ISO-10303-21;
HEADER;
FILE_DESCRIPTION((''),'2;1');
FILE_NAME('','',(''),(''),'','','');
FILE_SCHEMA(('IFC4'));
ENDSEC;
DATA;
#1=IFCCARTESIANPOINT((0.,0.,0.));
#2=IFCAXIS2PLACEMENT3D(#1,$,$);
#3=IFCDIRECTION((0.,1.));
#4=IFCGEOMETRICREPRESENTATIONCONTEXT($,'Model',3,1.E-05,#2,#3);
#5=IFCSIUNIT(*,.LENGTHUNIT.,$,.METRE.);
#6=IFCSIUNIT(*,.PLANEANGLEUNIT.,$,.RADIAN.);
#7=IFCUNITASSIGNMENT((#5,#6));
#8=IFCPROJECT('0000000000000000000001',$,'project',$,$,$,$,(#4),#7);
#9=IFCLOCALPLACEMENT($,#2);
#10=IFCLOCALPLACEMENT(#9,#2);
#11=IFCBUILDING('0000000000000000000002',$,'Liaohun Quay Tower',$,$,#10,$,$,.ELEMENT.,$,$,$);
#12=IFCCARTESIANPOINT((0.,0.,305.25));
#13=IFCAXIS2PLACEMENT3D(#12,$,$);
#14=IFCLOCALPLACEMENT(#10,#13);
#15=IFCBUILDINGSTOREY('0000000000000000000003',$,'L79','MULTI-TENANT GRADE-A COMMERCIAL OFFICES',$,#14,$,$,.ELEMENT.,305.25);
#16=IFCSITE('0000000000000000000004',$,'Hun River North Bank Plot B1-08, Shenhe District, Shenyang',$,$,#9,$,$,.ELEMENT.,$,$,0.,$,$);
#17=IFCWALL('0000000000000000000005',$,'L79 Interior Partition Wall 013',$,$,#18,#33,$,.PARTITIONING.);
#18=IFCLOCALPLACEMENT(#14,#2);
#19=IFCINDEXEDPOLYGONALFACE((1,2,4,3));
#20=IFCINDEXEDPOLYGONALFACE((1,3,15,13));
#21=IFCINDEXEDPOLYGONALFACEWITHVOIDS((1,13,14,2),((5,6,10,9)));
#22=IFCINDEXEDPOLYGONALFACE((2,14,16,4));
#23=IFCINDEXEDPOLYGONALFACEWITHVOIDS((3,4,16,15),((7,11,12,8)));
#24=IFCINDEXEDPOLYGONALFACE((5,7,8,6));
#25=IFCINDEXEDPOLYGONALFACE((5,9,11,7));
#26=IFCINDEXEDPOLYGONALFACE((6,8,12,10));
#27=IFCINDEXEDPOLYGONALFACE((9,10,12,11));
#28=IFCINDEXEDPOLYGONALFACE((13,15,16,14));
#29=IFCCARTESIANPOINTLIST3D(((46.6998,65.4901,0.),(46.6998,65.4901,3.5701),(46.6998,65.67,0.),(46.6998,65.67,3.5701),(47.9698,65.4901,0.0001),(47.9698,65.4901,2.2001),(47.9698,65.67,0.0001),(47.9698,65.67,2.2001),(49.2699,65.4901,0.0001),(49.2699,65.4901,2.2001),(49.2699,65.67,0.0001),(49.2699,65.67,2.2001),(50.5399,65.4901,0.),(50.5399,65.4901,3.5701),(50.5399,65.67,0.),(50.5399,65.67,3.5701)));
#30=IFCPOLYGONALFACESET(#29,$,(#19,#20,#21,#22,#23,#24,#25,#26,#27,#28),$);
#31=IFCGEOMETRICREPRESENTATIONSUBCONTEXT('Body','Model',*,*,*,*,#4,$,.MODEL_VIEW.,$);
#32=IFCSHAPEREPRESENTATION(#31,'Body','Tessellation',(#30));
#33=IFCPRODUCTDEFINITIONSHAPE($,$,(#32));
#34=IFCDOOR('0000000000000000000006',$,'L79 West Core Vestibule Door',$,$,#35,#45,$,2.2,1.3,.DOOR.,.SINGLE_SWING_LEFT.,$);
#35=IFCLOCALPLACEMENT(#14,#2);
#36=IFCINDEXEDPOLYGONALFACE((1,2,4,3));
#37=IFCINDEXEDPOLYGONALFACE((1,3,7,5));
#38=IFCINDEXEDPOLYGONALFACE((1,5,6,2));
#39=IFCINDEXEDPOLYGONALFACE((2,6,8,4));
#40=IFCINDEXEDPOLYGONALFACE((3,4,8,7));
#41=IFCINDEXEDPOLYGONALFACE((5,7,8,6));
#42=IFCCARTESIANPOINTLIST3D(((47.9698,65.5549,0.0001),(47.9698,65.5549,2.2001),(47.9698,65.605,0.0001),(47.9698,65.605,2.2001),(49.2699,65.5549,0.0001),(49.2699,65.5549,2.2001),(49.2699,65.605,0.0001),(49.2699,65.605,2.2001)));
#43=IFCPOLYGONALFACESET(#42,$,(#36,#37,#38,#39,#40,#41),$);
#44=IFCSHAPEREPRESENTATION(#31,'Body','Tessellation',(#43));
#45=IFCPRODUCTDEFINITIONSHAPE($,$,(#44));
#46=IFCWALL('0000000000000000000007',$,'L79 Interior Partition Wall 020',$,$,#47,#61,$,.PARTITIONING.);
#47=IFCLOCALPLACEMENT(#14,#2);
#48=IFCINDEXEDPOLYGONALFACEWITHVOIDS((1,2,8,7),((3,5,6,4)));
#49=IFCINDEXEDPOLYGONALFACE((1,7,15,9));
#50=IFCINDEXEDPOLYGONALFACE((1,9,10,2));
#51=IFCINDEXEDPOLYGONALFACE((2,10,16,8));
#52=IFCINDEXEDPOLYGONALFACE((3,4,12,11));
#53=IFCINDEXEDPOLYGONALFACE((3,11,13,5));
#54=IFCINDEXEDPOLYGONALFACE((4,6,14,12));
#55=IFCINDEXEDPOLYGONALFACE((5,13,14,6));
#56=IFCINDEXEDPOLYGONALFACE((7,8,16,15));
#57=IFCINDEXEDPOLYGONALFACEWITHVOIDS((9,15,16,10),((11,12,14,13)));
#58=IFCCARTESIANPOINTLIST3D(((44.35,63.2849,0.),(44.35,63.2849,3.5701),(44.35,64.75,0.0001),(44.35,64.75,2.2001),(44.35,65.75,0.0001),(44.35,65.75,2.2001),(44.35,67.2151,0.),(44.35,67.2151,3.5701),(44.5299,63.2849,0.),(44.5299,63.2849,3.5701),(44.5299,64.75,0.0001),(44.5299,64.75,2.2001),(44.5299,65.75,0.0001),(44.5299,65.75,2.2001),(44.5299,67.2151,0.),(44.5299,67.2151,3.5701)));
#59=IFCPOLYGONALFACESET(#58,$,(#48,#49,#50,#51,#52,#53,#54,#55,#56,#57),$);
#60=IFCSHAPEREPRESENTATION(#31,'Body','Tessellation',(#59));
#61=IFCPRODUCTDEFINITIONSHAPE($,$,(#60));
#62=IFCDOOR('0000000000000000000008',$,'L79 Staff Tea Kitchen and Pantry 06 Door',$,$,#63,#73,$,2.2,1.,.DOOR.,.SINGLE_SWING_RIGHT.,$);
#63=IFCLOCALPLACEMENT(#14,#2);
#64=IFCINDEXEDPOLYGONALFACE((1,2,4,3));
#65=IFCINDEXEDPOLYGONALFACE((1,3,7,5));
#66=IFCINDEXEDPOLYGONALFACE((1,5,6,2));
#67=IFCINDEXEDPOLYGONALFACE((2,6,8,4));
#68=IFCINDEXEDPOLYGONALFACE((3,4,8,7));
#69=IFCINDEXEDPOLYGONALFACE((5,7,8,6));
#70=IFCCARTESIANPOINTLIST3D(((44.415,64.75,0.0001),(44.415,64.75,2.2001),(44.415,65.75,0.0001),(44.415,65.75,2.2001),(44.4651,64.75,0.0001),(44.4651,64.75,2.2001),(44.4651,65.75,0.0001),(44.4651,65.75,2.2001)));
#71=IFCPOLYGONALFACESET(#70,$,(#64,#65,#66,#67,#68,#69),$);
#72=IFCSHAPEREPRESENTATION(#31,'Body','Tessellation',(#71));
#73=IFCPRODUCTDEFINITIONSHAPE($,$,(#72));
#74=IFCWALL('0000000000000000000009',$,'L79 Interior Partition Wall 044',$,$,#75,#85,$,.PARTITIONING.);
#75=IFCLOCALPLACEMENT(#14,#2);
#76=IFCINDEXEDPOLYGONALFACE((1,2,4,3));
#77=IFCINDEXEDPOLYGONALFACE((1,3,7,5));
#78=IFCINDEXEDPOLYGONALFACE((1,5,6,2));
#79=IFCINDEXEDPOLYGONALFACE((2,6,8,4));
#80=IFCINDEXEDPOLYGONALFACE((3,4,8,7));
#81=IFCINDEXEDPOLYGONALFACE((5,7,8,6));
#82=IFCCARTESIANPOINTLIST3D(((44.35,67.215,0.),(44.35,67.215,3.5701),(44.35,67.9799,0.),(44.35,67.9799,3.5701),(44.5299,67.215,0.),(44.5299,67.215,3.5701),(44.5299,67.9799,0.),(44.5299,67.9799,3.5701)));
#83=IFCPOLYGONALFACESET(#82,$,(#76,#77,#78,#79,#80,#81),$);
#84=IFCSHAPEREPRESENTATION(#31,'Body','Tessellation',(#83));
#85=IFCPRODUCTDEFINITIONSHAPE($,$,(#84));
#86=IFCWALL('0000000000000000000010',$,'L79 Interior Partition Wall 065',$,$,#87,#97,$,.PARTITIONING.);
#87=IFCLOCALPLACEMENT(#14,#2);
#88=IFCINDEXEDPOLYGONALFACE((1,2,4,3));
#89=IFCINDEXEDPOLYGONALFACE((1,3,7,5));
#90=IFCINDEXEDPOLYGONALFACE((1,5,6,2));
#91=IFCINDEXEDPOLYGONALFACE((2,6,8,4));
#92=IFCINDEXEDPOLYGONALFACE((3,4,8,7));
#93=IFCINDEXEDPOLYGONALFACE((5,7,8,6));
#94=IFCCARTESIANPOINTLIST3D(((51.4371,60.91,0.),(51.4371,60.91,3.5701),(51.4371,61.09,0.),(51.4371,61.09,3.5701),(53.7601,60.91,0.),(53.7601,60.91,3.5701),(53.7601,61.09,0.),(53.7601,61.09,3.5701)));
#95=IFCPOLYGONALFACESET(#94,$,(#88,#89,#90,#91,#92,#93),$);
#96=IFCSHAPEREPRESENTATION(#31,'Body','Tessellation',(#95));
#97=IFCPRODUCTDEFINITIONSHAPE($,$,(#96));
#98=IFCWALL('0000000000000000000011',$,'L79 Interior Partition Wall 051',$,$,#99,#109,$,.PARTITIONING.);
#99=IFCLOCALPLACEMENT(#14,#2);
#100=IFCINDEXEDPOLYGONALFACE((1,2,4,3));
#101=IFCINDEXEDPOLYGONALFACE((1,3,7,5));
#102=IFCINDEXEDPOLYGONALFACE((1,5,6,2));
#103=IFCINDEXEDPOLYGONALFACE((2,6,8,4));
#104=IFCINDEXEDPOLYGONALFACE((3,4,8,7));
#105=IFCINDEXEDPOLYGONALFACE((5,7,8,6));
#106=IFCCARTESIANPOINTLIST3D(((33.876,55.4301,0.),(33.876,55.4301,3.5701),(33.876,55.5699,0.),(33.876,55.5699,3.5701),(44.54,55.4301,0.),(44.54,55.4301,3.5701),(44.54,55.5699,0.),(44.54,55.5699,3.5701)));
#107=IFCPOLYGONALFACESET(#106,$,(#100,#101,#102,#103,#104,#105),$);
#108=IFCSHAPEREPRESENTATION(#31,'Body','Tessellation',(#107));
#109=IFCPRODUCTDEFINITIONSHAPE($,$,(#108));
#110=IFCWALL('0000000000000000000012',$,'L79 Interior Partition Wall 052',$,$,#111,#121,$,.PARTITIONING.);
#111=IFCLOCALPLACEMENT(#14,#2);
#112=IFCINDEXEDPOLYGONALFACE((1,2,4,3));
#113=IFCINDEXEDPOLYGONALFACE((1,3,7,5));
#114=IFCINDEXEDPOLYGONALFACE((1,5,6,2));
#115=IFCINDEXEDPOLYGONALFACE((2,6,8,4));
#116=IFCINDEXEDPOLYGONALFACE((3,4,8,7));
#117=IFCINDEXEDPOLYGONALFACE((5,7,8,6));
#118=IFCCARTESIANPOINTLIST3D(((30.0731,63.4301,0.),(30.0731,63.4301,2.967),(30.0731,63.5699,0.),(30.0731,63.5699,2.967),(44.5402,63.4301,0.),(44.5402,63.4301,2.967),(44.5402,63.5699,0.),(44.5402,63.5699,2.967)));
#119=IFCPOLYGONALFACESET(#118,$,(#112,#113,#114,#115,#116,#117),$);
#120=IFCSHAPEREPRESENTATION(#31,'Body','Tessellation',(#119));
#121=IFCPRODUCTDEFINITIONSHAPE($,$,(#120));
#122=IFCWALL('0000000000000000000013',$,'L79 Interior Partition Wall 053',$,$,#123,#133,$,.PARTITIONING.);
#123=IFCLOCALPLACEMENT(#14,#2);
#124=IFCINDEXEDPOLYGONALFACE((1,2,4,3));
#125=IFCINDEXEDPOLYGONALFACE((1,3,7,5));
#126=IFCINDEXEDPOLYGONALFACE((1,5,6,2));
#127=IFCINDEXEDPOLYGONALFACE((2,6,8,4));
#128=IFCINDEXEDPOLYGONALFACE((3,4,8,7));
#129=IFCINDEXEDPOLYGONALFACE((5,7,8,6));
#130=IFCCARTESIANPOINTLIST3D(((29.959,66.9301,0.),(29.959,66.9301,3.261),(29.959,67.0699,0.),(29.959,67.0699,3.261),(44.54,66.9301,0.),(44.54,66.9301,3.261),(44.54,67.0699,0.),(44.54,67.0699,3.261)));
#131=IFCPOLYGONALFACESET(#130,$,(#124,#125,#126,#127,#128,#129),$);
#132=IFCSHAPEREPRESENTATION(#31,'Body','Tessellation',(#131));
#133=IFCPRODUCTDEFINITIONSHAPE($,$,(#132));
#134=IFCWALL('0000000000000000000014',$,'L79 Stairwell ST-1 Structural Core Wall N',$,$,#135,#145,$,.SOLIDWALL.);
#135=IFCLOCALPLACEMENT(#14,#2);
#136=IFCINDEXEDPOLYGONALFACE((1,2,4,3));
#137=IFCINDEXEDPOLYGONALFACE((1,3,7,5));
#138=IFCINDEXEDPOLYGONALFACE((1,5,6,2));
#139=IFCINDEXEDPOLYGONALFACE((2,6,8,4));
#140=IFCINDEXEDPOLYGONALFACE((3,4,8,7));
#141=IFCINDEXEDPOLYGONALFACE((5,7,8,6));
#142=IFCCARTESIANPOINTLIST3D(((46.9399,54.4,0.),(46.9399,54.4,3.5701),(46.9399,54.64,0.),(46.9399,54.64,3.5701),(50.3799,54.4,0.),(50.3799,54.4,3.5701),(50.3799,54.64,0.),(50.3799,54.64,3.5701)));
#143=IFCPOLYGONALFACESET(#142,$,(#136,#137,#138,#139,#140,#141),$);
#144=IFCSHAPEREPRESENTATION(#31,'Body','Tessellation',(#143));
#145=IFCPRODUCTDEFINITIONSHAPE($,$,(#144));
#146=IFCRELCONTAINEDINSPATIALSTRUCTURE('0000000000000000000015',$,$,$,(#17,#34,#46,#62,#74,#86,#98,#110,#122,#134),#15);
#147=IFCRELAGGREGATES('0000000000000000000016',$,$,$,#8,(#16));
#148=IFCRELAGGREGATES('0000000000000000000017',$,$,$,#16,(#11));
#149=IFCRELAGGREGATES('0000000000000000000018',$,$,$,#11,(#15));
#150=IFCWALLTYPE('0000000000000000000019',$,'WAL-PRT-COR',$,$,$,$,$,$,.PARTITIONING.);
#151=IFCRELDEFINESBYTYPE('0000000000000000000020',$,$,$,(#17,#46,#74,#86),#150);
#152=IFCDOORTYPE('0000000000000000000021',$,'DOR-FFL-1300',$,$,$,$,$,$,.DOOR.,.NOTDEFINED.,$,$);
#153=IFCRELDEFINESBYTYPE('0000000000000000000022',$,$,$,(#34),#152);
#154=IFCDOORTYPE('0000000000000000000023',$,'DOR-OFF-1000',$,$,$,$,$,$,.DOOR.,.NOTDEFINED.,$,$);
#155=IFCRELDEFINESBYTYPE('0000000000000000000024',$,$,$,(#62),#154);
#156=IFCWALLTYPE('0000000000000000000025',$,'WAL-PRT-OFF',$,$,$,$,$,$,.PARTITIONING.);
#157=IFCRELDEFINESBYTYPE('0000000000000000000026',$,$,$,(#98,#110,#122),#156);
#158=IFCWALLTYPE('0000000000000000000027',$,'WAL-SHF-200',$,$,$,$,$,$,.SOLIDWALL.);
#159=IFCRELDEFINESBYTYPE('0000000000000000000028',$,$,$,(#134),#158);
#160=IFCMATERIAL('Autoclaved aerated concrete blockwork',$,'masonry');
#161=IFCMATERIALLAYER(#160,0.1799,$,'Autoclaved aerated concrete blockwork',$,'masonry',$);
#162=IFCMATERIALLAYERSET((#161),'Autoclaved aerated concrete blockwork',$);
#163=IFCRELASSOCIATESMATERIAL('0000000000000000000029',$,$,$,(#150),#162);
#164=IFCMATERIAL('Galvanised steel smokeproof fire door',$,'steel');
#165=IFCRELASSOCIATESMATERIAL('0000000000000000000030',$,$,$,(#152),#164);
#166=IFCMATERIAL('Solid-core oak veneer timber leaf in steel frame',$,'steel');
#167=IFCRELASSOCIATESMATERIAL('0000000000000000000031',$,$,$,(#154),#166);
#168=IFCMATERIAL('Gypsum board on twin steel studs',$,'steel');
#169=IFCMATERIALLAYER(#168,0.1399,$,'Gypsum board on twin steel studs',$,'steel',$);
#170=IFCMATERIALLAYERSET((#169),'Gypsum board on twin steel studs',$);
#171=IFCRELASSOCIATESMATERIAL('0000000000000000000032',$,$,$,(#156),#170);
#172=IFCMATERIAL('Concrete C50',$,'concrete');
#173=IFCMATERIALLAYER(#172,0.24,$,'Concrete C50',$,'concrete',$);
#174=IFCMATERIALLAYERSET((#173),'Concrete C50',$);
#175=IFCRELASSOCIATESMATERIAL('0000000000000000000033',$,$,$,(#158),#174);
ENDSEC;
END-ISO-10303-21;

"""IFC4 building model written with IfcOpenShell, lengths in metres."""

from ifc_helpers import new_model, si_unit, direction, frame, frame_2d, origin, place, context, subcontext, project, spatial, rectangle, extrude, source, transform, mapped, material, layer, layer_set, type_object, element, fill, save


model = new_model("IFC4")

# Units and contexts
model_context = context("Model", 3, precision=1e-05, world=origin(), true_north=direction((0.0, 1.0)))
body_context = subcontext(model_context, "Body", "Model", "MODEL_VIEW")
ifc_project = project(units=[si_unit("LENGTHUNIT", "METRE"), si_unit("PLANEANGLEUNIT", "RADIAN")], contexts=[model_context])

# Site, building, storey
site_placement = place(None, origin())
site = spatial("IfcSite", under=ifc_project, at=site_placement, Name="Hun River North Bank Plot B1-08, Shenhe District, Shenyang", CompositionType="ELEMENT", RefElevation=0.0)
building_placement = place(site_placement, origin())
building = spatial("IfcBuilding", under=site, at=building_placement, Name="Liaohun Quay Tower", CompositionType="ELEMENT")
storey_placement = place(building_placement, frame((0.0, 0.0, 305.25)))
storey = spatial("IfcBuildingStorey", under=building, at=storey_placement, Name="L79", Description="MULTI-TENANT GRADE-A COMMERCIAL OFFICES", CompositionType="ELEMENT", Elevation=305.25)

# Shared definitions
ifc_material_1 = material(Name="Concrete C50", Category="concrete")

# Walls, openings, doors
ifc_material_2 = material(Name="Autoclaved aerated concrete blockwork", Category="masonry")
ifc_layer_1 = layer(ifc_material_2, 0.1799, Name="Autoclaved aerated concrete blockwork", Category="masonry")
ifc_layer_set_1 = layer_set([ifc_layer_1], Name="Autoclaved aerated concrete blockwork")
wall_type_1 = type_object("IfcWallType", Name="WAL-PRT-COR", PredefinedType="PARTITIONING", material=ifc_layer_set_1)
wall_1_placement = place(storey_placement, frame((46.7, 65.5801, 0.0), z_axis=(0.0, 0.0, 1.0), x_axis=(1.0, 0.0, 0.0)))
wall_1 = element("IfcWall", 1, at=wall_1_placement, inside=storey, type_object=wall_type_1, Name="L79 Interior Partition Wall 013", PredefinedType="PARTITIONING", context=body_context, shape_type="SweptSolid", body=[
    extrude(rectangle(XDim=3.8401, YDim=0.1799, at=frame_2d((1.9199, 0.0))), origin(), (0.0, 0.0, 1.0), 3.5701),
])
shared_shape_1 = source(origin(), body_context, "Body", "SweptSolid", [
    extrude(rectangle(XDim=1.3, YDim=2.2, at=frame_2d((0.6499, 1.1001))), frame((0.0, 0.0999, 0.0), z_axis=(0.0, -1.0, 0.0), x_axis=(1.0, 0.0, 0.0)), (0.0, 0.0, 1.0), 0.2),
])
opening_1_placement = place(wall_1_placement, frame((1.27, 0.0, 0.0)))
opening_1 = element("IfcOpeningElement", 2, at=opening_1_placement, cuts=wall_1, PredefinedType="OPENING", context=body_context, shape_type="MappedRepresentation", body=[
    mapped(shared_shape_1, transform((0.0, 0.0, 0.0), x_axis=(1.0, 0.0, 0.0), y_axis=(0.0, 1.0, 0.0), z_axis=(0.0, 0.0, 1.0), scale=1.0)),
])
ifc_material_3 = material(Name="Galvanised steel smokeproof fire door", Category="steel")
door_type_1 = type_object("IfcDoorType", Name="DOR-FFL-1300", OperationType="NOTDEFINED", PredefinedType="DOOR", material=ifc_material_3)
shared_shape_2 = source(origin(), body_context, "Body", "SweptSolid", [
    extrude(rectangle(XDim=1.3, YDim=2.2, at=frame_2d((0.6499, 1.1001))), frame((0.0, 0.0249, 0.0), z_axis=(0.0, -1.0, 0.0), x_axis=(1.0, 0.0, 0.0)), (0.0, 0.0, 1.0), 0.05),
])
door_1_placement = place(opening_1_placement, origin())
door_1 = element("IfcDoor", 3, at=door_1_placement, inside=storey, type_object=door_type_1, Name="L79 West Core Vestibule Door", OperationType="SINGLE_SWING_LEFT", OverallHeight=2.2, OverallWidth=1.3, PredefinedType="DOOR", context=body_context, shape_type="MappedRepresentation", body=[
    mapped(shared_shape_2, transform((0.0, 0.0, 0.0), x_axis=(1.0, 0.0, 0.0), y_axis=(0.0, 1.0, 0.0), z_axis=(0.0, 0.0, 1.0), scale=1.0)),
])
fill(opening_1, door_1)
wall_2_placement = place(storey_placement, frame((44.4399, 63.2849, 0.0), z_axis=(0.0, 0.0, 1.0), x_axis=(0.0, 1.0, 0.0)))
wall_2 = element("IfcWall", 4, at=wall_2_placement, inside=storey, type_object=wall_type_1, Name="L79 Interior Partition Wall 020", PredefinedType="PARTITIONING", context=body_context, shape_type="SweptSolid", body=[
    extrude(rectangle(XDim=3.9302, YDim=0.1799, at=frame_2d((1.9651, 0.0))), origin(), (0.0, 0.0, 1.0), 3.5701),
])
shared_shape_3 = source(origin(), body_context, "Body", "SweptSolid", [
    extrude(rectangle(XDim=1.0, YDim=2.2, at=frame_2d((0.5, 1.1001))), frame((0.0, 0.0999, 0.0), z_axis=(0.0, -1.0, 0.0), x_axis=(1.0, 0.0, 0.0)), (0.0, 0.0, 1.0), 0.2),
])
opening_2_placement = place(wall_2_placement, frame((1.4651, 0.0, 0.0)))
opening_2 = element("IfcOpeningElement", 5, at=opening_2_placement, cuts=wall_2, PredefinedType="OPENING", context=body_context, shape_type="MappedRepresentation", body=[
    mapped(shared_shape_3, transform((0.0, 0.0, 0.0), x_axis=(1.0, 0.0, 0.0), y_axis=(0.0, 1.0, 0.0), z_axis=(0.0, 0.0, 1.0), scale=1.0)),
])
ifc_material_4 = material(Name="Solid-core oak veneer timber leaf in steel frame", Category="steel")
door_type_2 = type_object("IfcDoorType", Name="DOR-OFF-1000", OperationType="NOTDEFINED", PredefinedType="DOOR", material=ifc_material_4)
shared_shape_4 = source(origin(), body_context, "Body", "SweptSolid", [
    extrude(rectangle(XDim=1.0, YDim=2.2, at=frame_2d((0.5, 1.1001))), frame((0.0, 0.0249, 0.0), z_axis=(0.0, -1.0, 0.0), x_axis=(1.0, 0.0, 0.0)), (0.0, 0.0, 1.0), 0.05),
])
door_2_placement = place(opening_2_placement, origin())
door_2 = element("IfcDoor", 6, at=door_2_placement, inside=storey, type_object=door_type_2, Name="L79 Staff Tea Kitchen and Pantry 06 Door", OperationType="SINGLE_SWING_RIGHT", OverallHeight=2.2, OverallWidth=1.0, PredefinedType="DOOR", context=body_context, shape_type="MappedRepresentation", body=[
    mapped(shared_shape_4, transform((0.0, 0.0, 0.0), x_axis=(1.0, 0.0, 0.0), y_axis=(0.0, 1.0, 0.0), z_axis=(0.0, 0.0, 1.0), scale=1.0)),
])
fill(opening_2, door_2)

# Walls
wall_3_placement = place(storey_placement, frame((44.4399, 67.2151, 0.0), z_axis=(0.0, 0.0, 1.0), x_axis=(0.0, 1.0, 0.0)))
element("IfcWall", 7, at=wall_3_placement, inside=storey, type_object=wall_type_1, Name="L79 Interior Partition Wall 044", PredefinedType="PARTITIONING", context=body_context, shape_type="SweptSolid", body=[
    extrude(rectangle(XDim=0.7649, YDim=0.1799, at=frame_2d((0.3823, 0.0))), origin(), (0.0, 0.0, 1.0), 3.5701),
])
wall_4_placement = place(storey_placement, frame((51.437, 61.0, 0.0), z_axis=(0.0, 0.0, 1.0), x_axis=(1.0, 0.0, 0.0)))
element("IfcWall", 8, at=wall_4_placement, inside=storey, type_object=wall_type_1, Name="L79 Interior Partition Wall 065", PredefinedType="PARTITIONING", context=body_context, shape_type="SweptSolid", body=[
    extrude(rectangle(XDim=2.323, YDim=0.1799, at=frame_2d((1.1616, 0.0))), origin(), (0.0, 0.0, 1.0), 3.5701),
])
ifc_material_5 = material(Name="Gypsum board on twin steel studs", Category="steel")
ifc_layer_2 = layer(ifc_material_5, 0.1399, Name="Gypsum board on twin steel studs", Category="steel")
ifc_layer_set_2 = layer_set([ifc_layer_2], Name="Gypsum board on twin steel studs")
wall_type_2 = type_object("IfcWallType", Name="WAL-PRT-OFF", PredefinedType="PARTITIONING", material=ifc_layer_set_2)
wall_5_placement = place(storey_placement, frame((44.54, 55.5, 0.0), z_axis=(0.0, 0.0, 1.0), x_axis=(-1.0, 0.0, 0.0)))
element("IfcWall", 9, at=wall_5_placement, inside=storey, type_object=wall_type_2, Name="L79 Interior Partition Wall 051", PredefinedType="PARTITIONING", context=body_context, shape_type="SweptSolid", body=[
    extrude(rectangle(XDim=10.6641, YDim=0.1399, at=frame_2d((5.332, 0.0))), origin(), (0.0, 0.0, 1.0), 3.5701),
])
wall_6_placement = place(storey_placement, frame((44.54, 63.5, 0.0), z_axis=(0.0, 0.0, 1.0), x_axis=(-1.0, 0.0, 0.0)))
element("IfcWall", 10, at=wall_6_placement, inside=storey, type_object=wall_type_2, Name="L79 Interior Partition Wall 052", PredefinedType="PARTITIONING", context=body_context, shape_type="SweptSolid", body=[
    extrude(rectangle(XDim=14.467, YDim=0.1399, at=frame_2d((7.2334, 0.0))), origin(), (0.0, 0.0, 1.0), 2.967),
])
wall_7_placement = place(storey_placement, frame((44.54, 67.0, 0.0), z_axis=(0.0, 0.0, 1.0), x_axis=(-1.0, 0.0, 0.0)))
element("IfcWall", 11, at=wall_7_placement, inside=storey, type_object=wall_type_2, Name="L79 Interior Partition Wall 053", PredefinedType="PARTITIONING", context=body_context, shape_type="SweptSolid", body=[
    extrude(rectangle(XDim=14.5811, YDim=0.1399, at=frame_2d((7.2905, 0.0))), origin(), (0.0, 0.0, 1.0), 3.261),
])
ifc_layer_3 = layer(ifc_material_1, 0.24, Name="Concrete C50", Category="concrete")
ifc_layer_set_3 = layer_set([ifc_layer_3], Name="Concrete C50")
wall_type_3 = type_object("IfcWallType", Name="WAL-SHF-200", PredefinedType="SOLIDWALL", material=ifc_layer_set_3)
wall_8_placement = place(storey_placement, frame((50.3799, 54.52, 0.0), z_axis=(0.0, 0.0, 1.0), x_axis=(-1.0, 0.0, 0.0)))
element("IfcWall", 12, at=wall_8_placement, inside=storey, type_object=wall_type_3, Name="L79 Stairwell ST-1 Structural Core Wall N", PredefinedType="SOLIDWALL", context=body_context, shape_type="SweptSolid", body=[
    extrude(rectangle(XDim=3.4399, YDim=0.24, at=frame_2d((1.72, 0.0))), origin(), (0.0, 0.0, 1.0), 3.5701),
])

save(model, "model.ifc")
